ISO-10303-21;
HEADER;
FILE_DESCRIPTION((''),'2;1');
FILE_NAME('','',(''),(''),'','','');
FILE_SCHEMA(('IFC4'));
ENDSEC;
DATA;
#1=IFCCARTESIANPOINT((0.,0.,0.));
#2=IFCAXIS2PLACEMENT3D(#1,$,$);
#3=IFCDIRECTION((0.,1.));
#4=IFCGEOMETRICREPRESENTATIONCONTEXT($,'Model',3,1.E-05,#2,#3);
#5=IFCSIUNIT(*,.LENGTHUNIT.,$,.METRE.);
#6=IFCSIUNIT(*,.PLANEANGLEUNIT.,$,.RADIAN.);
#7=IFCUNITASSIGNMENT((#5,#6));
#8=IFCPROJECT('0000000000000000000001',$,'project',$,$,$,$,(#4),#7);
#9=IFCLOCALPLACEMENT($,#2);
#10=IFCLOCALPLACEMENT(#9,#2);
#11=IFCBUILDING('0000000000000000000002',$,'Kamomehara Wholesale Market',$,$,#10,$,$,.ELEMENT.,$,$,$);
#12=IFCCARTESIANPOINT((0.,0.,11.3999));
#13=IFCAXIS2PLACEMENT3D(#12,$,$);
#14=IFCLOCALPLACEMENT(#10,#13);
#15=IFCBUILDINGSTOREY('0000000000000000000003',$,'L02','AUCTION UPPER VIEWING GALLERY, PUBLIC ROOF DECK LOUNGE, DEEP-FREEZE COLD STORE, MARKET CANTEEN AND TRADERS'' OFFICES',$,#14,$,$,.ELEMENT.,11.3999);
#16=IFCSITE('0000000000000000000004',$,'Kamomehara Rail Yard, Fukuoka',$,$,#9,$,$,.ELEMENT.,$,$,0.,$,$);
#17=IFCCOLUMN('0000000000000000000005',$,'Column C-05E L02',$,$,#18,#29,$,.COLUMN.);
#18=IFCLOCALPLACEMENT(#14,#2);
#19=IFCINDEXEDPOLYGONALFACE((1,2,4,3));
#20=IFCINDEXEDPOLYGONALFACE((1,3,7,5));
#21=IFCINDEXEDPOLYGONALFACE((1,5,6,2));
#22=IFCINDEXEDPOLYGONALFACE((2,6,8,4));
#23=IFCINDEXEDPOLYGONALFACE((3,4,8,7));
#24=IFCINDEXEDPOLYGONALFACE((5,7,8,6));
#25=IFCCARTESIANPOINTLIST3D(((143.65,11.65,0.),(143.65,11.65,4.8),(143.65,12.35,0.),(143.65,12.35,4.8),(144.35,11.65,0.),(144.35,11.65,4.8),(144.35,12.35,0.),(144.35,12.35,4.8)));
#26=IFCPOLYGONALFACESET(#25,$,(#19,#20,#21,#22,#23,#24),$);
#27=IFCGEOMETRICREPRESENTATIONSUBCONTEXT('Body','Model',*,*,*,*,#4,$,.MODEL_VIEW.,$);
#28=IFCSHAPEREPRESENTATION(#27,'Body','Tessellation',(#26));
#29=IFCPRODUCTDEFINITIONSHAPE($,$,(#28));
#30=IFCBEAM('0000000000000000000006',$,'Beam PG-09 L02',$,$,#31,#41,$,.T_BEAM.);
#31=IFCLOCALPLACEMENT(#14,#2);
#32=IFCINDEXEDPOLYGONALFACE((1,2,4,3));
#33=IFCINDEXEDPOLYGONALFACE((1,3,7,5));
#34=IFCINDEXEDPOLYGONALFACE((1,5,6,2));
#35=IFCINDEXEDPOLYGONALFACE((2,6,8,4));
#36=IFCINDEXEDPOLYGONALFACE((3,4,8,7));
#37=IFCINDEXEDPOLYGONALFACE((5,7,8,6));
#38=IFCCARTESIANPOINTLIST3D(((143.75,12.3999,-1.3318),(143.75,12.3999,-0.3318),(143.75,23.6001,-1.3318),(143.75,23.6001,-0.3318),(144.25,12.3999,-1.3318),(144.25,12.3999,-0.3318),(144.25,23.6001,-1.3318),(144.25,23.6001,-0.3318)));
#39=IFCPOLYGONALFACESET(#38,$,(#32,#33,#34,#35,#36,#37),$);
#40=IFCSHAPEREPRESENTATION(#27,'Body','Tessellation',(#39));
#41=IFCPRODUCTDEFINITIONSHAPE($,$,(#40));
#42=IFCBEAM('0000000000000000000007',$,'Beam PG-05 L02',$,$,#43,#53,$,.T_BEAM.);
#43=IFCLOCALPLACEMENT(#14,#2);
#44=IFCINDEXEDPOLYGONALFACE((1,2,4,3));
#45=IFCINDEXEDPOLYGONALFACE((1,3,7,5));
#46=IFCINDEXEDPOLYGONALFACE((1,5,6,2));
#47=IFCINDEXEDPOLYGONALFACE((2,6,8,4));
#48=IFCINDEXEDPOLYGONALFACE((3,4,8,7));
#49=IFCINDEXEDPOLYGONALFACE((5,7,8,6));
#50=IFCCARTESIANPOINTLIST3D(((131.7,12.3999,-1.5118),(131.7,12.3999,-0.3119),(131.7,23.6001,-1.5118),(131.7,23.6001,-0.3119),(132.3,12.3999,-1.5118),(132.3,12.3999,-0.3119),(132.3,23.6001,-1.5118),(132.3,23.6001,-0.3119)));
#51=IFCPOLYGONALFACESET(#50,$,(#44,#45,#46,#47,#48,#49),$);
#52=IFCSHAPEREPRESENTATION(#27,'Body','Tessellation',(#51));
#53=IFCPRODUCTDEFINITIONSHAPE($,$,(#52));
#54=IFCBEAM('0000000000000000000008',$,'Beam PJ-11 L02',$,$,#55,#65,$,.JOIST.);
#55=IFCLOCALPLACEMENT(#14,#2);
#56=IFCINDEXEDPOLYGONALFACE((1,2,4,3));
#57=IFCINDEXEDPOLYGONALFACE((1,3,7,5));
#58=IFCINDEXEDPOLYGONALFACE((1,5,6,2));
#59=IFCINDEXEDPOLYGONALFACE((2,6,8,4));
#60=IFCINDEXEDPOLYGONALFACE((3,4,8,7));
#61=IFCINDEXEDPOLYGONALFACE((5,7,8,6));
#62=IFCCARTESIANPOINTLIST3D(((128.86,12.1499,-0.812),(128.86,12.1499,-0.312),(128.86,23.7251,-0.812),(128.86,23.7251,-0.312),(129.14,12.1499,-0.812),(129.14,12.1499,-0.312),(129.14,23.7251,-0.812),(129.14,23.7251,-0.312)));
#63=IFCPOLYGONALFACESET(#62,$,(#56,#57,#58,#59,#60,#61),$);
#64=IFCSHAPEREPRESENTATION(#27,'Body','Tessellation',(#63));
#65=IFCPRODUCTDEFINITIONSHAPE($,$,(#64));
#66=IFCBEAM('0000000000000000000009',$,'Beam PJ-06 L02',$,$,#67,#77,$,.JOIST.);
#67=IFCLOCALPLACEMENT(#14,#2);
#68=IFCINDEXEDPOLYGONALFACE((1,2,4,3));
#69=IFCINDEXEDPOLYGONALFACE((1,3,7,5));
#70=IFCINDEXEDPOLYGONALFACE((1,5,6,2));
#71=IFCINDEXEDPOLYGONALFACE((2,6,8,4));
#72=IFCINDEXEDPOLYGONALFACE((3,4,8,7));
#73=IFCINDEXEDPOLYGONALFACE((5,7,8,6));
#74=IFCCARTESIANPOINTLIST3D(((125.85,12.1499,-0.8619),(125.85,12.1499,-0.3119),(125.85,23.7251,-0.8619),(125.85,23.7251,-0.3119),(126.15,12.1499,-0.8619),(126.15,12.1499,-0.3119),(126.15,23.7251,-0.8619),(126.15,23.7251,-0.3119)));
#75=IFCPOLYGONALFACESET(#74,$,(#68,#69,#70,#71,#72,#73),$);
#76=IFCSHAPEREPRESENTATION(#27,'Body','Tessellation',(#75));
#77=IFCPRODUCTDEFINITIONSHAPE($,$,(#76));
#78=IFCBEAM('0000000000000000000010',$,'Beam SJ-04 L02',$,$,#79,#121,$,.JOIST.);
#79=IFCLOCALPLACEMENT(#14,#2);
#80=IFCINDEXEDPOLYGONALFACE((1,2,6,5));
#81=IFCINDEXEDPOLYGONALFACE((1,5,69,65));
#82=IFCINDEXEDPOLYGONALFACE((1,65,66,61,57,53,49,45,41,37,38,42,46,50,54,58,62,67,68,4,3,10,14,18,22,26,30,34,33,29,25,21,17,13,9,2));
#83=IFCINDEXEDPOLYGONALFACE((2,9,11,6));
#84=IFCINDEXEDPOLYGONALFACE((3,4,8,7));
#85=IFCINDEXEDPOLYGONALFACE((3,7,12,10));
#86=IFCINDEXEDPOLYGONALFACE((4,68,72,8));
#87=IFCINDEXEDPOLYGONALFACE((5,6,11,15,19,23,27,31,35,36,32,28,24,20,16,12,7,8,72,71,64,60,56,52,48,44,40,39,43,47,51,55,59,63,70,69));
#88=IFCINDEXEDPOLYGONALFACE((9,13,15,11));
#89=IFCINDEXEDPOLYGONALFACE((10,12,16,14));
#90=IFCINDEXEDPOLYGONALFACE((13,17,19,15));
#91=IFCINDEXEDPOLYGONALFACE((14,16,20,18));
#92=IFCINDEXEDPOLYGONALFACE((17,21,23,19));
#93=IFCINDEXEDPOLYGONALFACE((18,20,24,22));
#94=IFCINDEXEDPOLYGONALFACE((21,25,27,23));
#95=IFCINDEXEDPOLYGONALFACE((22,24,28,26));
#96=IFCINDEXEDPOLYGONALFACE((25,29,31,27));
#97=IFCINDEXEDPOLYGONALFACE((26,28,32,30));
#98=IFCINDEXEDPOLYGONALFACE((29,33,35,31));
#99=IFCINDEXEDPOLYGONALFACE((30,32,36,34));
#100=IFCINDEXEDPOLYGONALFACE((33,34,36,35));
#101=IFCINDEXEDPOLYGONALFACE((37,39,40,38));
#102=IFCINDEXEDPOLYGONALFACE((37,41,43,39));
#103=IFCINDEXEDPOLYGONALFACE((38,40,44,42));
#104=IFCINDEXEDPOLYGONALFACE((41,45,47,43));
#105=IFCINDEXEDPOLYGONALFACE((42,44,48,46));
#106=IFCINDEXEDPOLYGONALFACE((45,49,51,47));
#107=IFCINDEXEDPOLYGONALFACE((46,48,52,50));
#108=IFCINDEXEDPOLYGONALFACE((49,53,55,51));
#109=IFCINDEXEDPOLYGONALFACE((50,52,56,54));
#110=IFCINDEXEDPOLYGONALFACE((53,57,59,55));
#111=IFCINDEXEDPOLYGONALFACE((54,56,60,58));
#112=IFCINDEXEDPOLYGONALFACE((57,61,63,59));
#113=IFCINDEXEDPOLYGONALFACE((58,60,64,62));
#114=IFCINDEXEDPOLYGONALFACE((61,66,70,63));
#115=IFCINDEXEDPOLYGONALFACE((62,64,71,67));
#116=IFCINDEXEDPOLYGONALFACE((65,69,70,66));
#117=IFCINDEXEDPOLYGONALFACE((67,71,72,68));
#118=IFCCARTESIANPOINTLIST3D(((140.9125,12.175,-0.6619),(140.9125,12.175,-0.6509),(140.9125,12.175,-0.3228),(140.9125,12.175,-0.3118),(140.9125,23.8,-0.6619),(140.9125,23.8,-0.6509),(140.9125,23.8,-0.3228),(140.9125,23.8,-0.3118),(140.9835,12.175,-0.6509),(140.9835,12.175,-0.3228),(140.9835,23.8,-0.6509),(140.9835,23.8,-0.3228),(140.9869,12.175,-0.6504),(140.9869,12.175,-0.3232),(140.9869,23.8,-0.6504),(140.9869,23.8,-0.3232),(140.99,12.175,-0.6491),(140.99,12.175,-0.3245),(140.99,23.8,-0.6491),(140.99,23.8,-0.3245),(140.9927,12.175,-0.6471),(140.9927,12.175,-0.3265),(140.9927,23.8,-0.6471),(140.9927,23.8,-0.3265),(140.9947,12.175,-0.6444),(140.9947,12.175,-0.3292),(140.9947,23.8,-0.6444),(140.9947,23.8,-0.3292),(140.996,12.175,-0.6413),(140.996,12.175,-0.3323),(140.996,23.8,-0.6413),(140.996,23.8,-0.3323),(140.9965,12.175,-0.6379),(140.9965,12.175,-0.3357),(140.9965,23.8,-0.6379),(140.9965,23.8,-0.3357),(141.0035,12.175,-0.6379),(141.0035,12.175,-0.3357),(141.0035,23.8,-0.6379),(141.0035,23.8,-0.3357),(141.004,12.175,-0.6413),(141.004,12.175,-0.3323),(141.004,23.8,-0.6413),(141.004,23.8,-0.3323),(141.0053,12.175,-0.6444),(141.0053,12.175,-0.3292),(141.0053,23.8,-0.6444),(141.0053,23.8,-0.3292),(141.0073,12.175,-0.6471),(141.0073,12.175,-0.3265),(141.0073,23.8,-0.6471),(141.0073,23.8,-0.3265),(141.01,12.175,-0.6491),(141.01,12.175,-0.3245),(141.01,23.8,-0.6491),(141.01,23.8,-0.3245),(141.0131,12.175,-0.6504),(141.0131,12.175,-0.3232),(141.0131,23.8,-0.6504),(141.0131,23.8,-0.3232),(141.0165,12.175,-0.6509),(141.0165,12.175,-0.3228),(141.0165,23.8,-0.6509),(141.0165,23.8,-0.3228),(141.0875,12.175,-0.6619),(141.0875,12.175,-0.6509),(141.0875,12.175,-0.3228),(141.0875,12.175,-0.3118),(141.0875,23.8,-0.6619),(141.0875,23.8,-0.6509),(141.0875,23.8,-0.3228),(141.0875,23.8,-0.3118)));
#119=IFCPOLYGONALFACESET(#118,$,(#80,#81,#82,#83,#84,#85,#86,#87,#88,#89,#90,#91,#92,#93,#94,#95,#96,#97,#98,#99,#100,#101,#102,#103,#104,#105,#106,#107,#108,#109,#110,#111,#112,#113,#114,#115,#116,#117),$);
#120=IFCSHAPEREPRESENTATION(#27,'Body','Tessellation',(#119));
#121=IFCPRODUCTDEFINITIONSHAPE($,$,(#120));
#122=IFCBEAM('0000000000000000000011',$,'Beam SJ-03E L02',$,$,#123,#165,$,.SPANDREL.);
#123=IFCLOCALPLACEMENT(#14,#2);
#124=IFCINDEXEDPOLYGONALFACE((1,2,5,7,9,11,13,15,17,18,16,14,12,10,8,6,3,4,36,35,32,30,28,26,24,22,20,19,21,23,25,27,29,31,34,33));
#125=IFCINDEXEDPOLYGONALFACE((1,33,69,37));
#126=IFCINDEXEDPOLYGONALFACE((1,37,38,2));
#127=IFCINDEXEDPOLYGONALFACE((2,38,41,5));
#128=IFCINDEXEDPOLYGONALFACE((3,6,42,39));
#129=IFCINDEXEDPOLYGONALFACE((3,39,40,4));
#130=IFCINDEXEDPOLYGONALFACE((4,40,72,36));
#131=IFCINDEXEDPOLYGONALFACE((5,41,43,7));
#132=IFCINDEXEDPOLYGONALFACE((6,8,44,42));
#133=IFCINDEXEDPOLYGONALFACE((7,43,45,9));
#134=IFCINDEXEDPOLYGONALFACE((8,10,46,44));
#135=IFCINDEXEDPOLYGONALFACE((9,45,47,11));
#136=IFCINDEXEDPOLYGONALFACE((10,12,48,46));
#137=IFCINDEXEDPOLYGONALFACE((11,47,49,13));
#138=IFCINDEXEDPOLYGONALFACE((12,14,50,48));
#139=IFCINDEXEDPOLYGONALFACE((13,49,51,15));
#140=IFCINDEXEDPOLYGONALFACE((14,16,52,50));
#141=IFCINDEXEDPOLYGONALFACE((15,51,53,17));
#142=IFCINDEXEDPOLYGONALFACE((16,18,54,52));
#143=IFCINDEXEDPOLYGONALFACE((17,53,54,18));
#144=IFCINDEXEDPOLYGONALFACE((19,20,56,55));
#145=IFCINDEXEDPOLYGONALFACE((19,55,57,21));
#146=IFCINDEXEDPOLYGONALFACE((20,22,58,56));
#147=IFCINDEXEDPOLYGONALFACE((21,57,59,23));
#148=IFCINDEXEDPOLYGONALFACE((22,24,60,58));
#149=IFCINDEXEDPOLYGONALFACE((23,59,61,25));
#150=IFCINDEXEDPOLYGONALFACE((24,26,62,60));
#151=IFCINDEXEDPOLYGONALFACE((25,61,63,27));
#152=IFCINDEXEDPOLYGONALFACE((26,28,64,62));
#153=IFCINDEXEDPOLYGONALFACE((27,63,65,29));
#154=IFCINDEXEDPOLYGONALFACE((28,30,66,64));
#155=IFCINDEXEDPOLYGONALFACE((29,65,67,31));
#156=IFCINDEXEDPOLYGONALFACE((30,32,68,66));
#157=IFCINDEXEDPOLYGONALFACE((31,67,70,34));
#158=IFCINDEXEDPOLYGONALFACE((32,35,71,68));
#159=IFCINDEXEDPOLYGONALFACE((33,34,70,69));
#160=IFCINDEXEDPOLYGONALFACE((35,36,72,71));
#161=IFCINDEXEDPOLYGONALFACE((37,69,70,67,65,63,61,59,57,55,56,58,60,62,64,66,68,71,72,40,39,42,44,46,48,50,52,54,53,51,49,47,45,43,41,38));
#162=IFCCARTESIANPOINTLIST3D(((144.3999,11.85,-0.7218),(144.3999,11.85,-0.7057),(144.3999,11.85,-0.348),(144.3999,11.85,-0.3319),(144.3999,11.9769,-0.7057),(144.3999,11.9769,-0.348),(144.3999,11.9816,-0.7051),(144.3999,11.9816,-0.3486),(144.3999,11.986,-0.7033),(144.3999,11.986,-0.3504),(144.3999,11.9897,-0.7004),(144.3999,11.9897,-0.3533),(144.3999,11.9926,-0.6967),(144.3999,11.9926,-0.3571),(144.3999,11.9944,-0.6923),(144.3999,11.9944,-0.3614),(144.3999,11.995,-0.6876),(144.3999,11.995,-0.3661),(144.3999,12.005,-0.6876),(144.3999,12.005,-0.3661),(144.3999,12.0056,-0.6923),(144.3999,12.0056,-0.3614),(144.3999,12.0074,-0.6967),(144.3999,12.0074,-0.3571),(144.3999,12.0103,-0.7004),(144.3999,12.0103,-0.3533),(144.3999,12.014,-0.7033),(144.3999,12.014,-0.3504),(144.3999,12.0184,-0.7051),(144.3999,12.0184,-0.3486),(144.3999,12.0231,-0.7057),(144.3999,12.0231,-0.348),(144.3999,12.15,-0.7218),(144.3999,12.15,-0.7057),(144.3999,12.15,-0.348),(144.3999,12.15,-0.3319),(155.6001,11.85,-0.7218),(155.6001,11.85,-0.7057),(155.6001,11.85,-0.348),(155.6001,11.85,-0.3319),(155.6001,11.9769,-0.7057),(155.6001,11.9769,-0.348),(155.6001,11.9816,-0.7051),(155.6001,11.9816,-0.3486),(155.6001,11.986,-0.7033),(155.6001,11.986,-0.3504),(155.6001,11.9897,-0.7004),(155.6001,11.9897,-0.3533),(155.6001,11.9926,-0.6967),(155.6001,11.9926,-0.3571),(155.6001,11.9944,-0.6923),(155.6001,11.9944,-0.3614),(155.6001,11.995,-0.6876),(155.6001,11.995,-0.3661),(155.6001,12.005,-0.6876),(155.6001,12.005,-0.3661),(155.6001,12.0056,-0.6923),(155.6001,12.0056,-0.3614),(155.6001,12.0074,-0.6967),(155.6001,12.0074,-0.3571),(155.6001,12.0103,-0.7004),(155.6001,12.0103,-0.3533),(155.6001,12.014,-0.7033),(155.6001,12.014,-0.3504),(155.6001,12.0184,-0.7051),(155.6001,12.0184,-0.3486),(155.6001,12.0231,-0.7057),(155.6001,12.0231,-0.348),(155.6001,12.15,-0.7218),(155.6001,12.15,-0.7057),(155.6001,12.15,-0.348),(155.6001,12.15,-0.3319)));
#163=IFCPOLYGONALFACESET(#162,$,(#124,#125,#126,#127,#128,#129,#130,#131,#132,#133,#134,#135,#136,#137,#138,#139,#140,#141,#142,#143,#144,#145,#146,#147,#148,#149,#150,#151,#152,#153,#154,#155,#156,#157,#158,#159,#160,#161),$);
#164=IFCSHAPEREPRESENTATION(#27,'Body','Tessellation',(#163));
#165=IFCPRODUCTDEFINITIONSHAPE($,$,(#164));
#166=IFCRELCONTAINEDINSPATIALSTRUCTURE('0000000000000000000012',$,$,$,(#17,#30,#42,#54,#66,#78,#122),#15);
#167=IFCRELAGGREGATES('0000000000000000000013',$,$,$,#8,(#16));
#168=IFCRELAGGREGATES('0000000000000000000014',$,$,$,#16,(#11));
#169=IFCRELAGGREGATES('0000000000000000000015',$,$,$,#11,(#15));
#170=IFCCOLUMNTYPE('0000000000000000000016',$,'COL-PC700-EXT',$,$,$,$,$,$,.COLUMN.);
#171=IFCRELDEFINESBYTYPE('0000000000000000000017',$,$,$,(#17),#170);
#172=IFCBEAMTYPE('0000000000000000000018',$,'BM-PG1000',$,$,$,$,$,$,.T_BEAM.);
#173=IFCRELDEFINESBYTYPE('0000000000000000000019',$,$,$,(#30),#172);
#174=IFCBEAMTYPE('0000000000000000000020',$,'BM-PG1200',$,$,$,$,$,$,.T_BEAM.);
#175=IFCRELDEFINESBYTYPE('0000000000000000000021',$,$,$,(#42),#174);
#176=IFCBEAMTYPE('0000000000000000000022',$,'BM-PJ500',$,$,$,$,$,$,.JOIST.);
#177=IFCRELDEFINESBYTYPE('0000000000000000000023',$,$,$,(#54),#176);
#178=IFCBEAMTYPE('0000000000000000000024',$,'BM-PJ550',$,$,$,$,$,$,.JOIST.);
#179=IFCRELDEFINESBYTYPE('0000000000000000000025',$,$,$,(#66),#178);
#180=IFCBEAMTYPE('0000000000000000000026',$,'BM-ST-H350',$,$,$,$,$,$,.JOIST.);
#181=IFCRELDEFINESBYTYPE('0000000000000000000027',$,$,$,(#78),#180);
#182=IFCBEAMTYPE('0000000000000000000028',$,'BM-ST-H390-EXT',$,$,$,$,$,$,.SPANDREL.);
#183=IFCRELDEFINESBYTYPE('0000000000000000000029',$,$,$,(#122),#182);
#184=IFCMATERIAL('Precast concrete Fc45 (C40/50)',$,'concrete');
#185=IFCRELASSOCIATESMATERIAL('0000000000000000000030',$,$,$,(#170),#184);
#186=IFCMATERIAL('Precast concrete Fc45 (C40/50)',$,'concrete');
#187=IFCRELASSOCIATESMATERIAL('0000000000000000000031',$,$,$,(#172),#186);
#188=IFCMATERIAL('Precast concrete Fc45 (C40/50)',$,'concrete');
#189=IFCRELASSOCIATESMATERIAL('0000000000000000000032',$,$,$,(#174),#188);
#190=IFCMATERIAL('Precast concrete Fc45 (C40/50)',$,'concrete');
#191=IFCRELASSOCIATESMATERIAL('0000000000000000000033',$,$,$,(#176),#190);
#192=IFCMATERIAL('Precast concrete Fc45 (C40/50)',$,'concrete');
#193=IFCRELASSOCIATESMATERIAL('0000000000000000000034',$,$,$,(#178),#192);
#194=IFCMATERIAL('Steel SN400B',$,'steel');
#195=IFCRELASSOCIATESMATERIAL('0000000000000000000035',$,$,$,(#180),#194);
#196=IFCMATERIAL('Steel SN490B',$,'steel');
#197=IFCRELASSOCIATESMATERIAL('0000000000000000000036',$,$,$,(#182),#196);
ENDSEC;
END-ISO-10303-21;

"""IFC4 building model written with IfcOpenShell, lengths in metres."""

from ifc_helpers import new_model, si_unit, direction, frame, origin, origin_2d, place, context, subcontext, project, spatial, rectangle, i_section, extrude, material, material_profile, profile_set, type_object, element, save


model = new_model("IFC4")

# Units and contexts
model_context = context("Model", 3, precision=1e-05, world=origin(), true_north=direction((0.0, 1.0)))
body_context = subcontext(model_context, "Body", "Model", "MODEL_VIEW")
ifc_project = project(units=[si_unit("LENGTHUNIT", "METRE"), si_unit("PLANEANGLEUNIT", "RADIAN")], contexts=[model_context])

# Site, building, storey
site_placement = place(None, origin())
site = spatial("IfcSite", under=ifc_project, at=site_placement, Name="Kamomehara Rail Yard, Fukuoka", CompositionType="ELEMENT", RefElevation=0.0)
building_placement = place(site_placement, origin())
building = spatial("IfcBuilding", under=site, at=building_placement, Name="Kamomehara Wholesale Market", CompositionType="ELEMENT")
storey_placement = place(building_placement, frame((0.0, 0.0, 11.3999)))
storey = spatial("IfcBuildingStorey", under=building, at=storey_placement, Name="L02", Description="AUCTION UPPER VIEWING GALLERY, PUBLIC ROOF DECK LOUNGE, DEEP-FREEZE COLD STORE, MARKET CANTEEN AND TRADERS' OFFICES", CompositionType="ELEMENT", Elevation=11.3999)

# Column
ifc_material_1 = material(Name="Precast concrete Fc45 (C40/50)", Category="concrete")
ifc_material_profile_1 = material_profile(ifc_material_1, rectangle(XDim=0.7, YDim=0.7, at=origin_2d()), Name="PC-COL-700x700")
ifc_profile_set_1 = profile_set([ifc_material_profile_1], Name="Precast concrete Fc45 (C40/50)")
column_type = type_object("IfcColumnType", Name="COL-PC700-EXT", PredefinedType="COLUMN", material=ifc_profile_set_1)
column_placement = place(storey_placement, frame((144.0, 12.0, 0.0), z_axis=(0.0, 0.0, 1.0), x_axis=(1.0, 0.0, 0.0)))
element("IfcColumn", 1, at=column_placement, inside=storey, type_object=column_type, Name="Column C-05E L02", PredefinedType="COLUMN", context=body_context, shape_type="SweptSolid", body=[
    extrude(rectangle(XDim=0.7, YDim=0.7, at=origin_2d()), origin(), (0.0, 0.0, 1.0), 4.8),
])

# Beams
ifc_material_2 = material(Name="Precast concrete Fc45 (C40/50)", Category="concrete")
ifc_material_profile_2 = material_profile(ifc_material_2, rectangle(XDim=0.5, YDim=1.0, at=origin_2d()), Name="PC-GRD-500x1000")
ifc_profile_set_2 = profile_set([ifc_material_profile_2], Name="Precast concrete Fc45 (C40/50)")
beam_type_1 = type_object("IfcBeamType", Name="BM-PG1000", PredefinedType="T_BEAM", material=ifc_profile_set_2)
beam_1_placement = place(storey_placement, frame((144.0, 12.3999, -0.8318), z_axis=(0.0, 1.0, 0.0), x_axis=(-1.0, 0.0, 0.0)))
element("IfcBeam", 2, at=beam_1_placement, inside=storey, type_object=beam_type_1, Name="Beam PG-09 L02", PredefinedType="T_BEAM", context=body_context, shape_type="SweptSolid", body=[
    extrude(rectangle(XDim=0.5, YDim=1.0, at=origin_2d()), origin(), (0.0, 0.0, 1.0), 11.2002),
])
ifc_material_3 = material(Name="Precast concrete Fc45 (C40/50)", Category="concrete")
ifc_material_profile_3 = material_profile(ifc_material_3, rectangle(XDim=0.6001, YDim=1.2, at=origin_2d()), Name="PC-GRD-600x1200")
ifc_profile_set_3 = profile_set([ifc_material_profile_3], Name="Precast concrete Fc45 (C40/50)")
beam_type_2 = type_object("IfcBeamType", Name="BM-PG1200", PredefinedType="T_BEAM", material=ifc_profile_set_3)
beam_2_placement = place(storey_placement, frame((132.0, 12.3999, -0.9119), z_axis=(0.0, 1.0, 0.0), x_axis=(-1.0, 0.0, 0.0)))
element("IfcBeam", 3, at=beam_2_placement, inside=storey, type_object=beam_type_2, Name="Beam PG-05 L02", PredefinedType="T_BEAM", context=body_context, shape_type="SweptSolid", body=[
    extrude(rectangle(XDim=0.6001, YDim=1.2, at=origin_2d()), origin(), (0.0, 0.0, 1.0), 11.2002),
])
ifc_material_4 = material(Name="Precast concrete Fc45 (C40/50)", Category="concrete")
ifc_material_profile_4 = material_profile(ifc_material_4, rectangle(XDim=0.28, YDim=0.5, at=origin_2d()), Name="PC-JST-280x500")
ifc_profile_set_4 = profile_set([ifc_material_profile_4], Name="Precast concrete Fc45 (C40/50)")
beam_type_3 = type_object("IfcBeamType", Name="BM-PJ500", PredefinedType="JOIST", material=ifc_profile_set_4)
beam_3_placement = place(storey_placement, frame((129.0, 12.1499, -0.562), z_axis=(0.0, 1.0, 0.0), x_axis=(-1.0, 0.0, 0.0)))
element("IfcBeam", 4, at=beam_3_placement, inside=storey, type_object=beam_type_3, Name="Beam PJ-11 L02", PredefinedType="JOIST", context=body_context, shape_type="SweptSolid", body=[
    extrude(rectangle(XDim=0.28, YDim=0.5, at=origin_2d()), origin(), (0.0, 0.0, 1.0), 11.5752),
])
ifc_material_5 = material(Name="Precast concrete Fc45 (C40/50)", Category="concrete")
ifc_material_profile_5 = material_profile(ifc_material_5, rectangle(XDim=0.3, YDim=0.55, at=origin_2d()), Name="PC-JST-300x550")
ifc_profile_set_5 = profile_set([ifc_material_profile_5], Name="Precast concrete Fc45 (C40/50)")
beam_type_4 = type_object("IfcBeamType", Name="BM-PJ550", PredefinedType="JOIST", material=ifc_profile_set_5)
beam_4_placement = place(storey_placement, frame((126.0, 12.1499, -0.5869), z_axis=(0.0, 1.0, 0.0), x_axis=(-1.0, 0.0, 0.0)))
element("IfcBeam", 5, at=beam_4_placement, inside=storey, type_object=beam_type_4, Name="Beam PJ-06 L02", PredefinedType="JOIST", context=body_context, shape_type="SweptSolid", body=[
    extrude(rectangle(XDim=0.3, YDim=0.55, at=origin_2d()), origin(), (0.0, 0.0, 1.0), 11.5752),
])
ifc_material_6 = material(Name="Steel SN400B", Category="steel")
ifc_material_profile_6 = material_profile(ifc_material_6, i_section(OverallWidth=0.175, OverallDepth=0.3501, WebThickness=0.0071, FlangeThickness=0.011, FilletRadius=0.0129, at=origin_2d()), Name="H-350x175x7x11")
ifc_profile_set_6 = profile_set([ifc_material_profile_6], Name="Steel SN400B")
beam_type_5 = type_object("IfcBeamType", Name="BM-ST-H350", PredefinedType="JOIST", material=ifc_profile_set_6)
beam_5_placement = place(storey_placement, frame((141.0, 12.175, -0.4868), z_axis=(0.0, 1.0, 0.0), x_axis=(-1.0, 0.0, 0.0)))
element("IfcBeam", 6, at=beam_5_placement, inside=storey, type_object=beam_type_5, Name="Beam SJ-04 L02", PredefinedType="JOIST", context=body_context, shape_type="SweptSolid", body=[
    extrude(i_section(OverallWidth=0.175, OverallDepth=0.3501, WebThickness=0.0071, FlangeThickness=0.011, FilletRadius=0.0129, at=origin_2d()), origin(), (0.0, 0.0, 1.0), 11.625),
])
ifc_material_7 = material(Name="Steel SN490B", Category="steel")
ifc_material_profile_7 = material_profile(ifc_material_7, i_section(OverallWidth=0.3, OverallDepth=0.3899, WebThickness=0.01, FlangeThickness=0.0161, FilletRadius=0.0181, at=origin_2d()), Name="H-390x300x10x16")
ifc_profile_set_7 = profile_set([ifc_material_profile_7], Name="Steel SN490B")
beam_type_6 = type_object("IfcBeamType", Name="BM-ST-H390-EXT", PredefinedType="SPANDREL", material=ifc_profile_set_7)
beam_6_placement = place(storey_placement, frame((144.3999, 12.0, -0.5269), z_axis=(1.0, 0.0, 0.0), x_axis=(0.0, 1.0, 0.0)))
element("IfcBeam", 7, at=beam_6_placement, inside=storey, type_object=beam_type_6, Name="Beam SJ-03E L02", PredefinedType="SPANDREL", context=body_context, shape_type="SweptSolid", body=[
    extrude(i_section(OverallWidth=0.3, OverallDepth=0.3899, WebThickness=0.01, FlangeThickness=0.0161, FilletRadius=0.0181, at=origin_2d()), origin(), (0.0, 0.0, 1.0), 11.2002),
])

save(model, "model.ifc")
